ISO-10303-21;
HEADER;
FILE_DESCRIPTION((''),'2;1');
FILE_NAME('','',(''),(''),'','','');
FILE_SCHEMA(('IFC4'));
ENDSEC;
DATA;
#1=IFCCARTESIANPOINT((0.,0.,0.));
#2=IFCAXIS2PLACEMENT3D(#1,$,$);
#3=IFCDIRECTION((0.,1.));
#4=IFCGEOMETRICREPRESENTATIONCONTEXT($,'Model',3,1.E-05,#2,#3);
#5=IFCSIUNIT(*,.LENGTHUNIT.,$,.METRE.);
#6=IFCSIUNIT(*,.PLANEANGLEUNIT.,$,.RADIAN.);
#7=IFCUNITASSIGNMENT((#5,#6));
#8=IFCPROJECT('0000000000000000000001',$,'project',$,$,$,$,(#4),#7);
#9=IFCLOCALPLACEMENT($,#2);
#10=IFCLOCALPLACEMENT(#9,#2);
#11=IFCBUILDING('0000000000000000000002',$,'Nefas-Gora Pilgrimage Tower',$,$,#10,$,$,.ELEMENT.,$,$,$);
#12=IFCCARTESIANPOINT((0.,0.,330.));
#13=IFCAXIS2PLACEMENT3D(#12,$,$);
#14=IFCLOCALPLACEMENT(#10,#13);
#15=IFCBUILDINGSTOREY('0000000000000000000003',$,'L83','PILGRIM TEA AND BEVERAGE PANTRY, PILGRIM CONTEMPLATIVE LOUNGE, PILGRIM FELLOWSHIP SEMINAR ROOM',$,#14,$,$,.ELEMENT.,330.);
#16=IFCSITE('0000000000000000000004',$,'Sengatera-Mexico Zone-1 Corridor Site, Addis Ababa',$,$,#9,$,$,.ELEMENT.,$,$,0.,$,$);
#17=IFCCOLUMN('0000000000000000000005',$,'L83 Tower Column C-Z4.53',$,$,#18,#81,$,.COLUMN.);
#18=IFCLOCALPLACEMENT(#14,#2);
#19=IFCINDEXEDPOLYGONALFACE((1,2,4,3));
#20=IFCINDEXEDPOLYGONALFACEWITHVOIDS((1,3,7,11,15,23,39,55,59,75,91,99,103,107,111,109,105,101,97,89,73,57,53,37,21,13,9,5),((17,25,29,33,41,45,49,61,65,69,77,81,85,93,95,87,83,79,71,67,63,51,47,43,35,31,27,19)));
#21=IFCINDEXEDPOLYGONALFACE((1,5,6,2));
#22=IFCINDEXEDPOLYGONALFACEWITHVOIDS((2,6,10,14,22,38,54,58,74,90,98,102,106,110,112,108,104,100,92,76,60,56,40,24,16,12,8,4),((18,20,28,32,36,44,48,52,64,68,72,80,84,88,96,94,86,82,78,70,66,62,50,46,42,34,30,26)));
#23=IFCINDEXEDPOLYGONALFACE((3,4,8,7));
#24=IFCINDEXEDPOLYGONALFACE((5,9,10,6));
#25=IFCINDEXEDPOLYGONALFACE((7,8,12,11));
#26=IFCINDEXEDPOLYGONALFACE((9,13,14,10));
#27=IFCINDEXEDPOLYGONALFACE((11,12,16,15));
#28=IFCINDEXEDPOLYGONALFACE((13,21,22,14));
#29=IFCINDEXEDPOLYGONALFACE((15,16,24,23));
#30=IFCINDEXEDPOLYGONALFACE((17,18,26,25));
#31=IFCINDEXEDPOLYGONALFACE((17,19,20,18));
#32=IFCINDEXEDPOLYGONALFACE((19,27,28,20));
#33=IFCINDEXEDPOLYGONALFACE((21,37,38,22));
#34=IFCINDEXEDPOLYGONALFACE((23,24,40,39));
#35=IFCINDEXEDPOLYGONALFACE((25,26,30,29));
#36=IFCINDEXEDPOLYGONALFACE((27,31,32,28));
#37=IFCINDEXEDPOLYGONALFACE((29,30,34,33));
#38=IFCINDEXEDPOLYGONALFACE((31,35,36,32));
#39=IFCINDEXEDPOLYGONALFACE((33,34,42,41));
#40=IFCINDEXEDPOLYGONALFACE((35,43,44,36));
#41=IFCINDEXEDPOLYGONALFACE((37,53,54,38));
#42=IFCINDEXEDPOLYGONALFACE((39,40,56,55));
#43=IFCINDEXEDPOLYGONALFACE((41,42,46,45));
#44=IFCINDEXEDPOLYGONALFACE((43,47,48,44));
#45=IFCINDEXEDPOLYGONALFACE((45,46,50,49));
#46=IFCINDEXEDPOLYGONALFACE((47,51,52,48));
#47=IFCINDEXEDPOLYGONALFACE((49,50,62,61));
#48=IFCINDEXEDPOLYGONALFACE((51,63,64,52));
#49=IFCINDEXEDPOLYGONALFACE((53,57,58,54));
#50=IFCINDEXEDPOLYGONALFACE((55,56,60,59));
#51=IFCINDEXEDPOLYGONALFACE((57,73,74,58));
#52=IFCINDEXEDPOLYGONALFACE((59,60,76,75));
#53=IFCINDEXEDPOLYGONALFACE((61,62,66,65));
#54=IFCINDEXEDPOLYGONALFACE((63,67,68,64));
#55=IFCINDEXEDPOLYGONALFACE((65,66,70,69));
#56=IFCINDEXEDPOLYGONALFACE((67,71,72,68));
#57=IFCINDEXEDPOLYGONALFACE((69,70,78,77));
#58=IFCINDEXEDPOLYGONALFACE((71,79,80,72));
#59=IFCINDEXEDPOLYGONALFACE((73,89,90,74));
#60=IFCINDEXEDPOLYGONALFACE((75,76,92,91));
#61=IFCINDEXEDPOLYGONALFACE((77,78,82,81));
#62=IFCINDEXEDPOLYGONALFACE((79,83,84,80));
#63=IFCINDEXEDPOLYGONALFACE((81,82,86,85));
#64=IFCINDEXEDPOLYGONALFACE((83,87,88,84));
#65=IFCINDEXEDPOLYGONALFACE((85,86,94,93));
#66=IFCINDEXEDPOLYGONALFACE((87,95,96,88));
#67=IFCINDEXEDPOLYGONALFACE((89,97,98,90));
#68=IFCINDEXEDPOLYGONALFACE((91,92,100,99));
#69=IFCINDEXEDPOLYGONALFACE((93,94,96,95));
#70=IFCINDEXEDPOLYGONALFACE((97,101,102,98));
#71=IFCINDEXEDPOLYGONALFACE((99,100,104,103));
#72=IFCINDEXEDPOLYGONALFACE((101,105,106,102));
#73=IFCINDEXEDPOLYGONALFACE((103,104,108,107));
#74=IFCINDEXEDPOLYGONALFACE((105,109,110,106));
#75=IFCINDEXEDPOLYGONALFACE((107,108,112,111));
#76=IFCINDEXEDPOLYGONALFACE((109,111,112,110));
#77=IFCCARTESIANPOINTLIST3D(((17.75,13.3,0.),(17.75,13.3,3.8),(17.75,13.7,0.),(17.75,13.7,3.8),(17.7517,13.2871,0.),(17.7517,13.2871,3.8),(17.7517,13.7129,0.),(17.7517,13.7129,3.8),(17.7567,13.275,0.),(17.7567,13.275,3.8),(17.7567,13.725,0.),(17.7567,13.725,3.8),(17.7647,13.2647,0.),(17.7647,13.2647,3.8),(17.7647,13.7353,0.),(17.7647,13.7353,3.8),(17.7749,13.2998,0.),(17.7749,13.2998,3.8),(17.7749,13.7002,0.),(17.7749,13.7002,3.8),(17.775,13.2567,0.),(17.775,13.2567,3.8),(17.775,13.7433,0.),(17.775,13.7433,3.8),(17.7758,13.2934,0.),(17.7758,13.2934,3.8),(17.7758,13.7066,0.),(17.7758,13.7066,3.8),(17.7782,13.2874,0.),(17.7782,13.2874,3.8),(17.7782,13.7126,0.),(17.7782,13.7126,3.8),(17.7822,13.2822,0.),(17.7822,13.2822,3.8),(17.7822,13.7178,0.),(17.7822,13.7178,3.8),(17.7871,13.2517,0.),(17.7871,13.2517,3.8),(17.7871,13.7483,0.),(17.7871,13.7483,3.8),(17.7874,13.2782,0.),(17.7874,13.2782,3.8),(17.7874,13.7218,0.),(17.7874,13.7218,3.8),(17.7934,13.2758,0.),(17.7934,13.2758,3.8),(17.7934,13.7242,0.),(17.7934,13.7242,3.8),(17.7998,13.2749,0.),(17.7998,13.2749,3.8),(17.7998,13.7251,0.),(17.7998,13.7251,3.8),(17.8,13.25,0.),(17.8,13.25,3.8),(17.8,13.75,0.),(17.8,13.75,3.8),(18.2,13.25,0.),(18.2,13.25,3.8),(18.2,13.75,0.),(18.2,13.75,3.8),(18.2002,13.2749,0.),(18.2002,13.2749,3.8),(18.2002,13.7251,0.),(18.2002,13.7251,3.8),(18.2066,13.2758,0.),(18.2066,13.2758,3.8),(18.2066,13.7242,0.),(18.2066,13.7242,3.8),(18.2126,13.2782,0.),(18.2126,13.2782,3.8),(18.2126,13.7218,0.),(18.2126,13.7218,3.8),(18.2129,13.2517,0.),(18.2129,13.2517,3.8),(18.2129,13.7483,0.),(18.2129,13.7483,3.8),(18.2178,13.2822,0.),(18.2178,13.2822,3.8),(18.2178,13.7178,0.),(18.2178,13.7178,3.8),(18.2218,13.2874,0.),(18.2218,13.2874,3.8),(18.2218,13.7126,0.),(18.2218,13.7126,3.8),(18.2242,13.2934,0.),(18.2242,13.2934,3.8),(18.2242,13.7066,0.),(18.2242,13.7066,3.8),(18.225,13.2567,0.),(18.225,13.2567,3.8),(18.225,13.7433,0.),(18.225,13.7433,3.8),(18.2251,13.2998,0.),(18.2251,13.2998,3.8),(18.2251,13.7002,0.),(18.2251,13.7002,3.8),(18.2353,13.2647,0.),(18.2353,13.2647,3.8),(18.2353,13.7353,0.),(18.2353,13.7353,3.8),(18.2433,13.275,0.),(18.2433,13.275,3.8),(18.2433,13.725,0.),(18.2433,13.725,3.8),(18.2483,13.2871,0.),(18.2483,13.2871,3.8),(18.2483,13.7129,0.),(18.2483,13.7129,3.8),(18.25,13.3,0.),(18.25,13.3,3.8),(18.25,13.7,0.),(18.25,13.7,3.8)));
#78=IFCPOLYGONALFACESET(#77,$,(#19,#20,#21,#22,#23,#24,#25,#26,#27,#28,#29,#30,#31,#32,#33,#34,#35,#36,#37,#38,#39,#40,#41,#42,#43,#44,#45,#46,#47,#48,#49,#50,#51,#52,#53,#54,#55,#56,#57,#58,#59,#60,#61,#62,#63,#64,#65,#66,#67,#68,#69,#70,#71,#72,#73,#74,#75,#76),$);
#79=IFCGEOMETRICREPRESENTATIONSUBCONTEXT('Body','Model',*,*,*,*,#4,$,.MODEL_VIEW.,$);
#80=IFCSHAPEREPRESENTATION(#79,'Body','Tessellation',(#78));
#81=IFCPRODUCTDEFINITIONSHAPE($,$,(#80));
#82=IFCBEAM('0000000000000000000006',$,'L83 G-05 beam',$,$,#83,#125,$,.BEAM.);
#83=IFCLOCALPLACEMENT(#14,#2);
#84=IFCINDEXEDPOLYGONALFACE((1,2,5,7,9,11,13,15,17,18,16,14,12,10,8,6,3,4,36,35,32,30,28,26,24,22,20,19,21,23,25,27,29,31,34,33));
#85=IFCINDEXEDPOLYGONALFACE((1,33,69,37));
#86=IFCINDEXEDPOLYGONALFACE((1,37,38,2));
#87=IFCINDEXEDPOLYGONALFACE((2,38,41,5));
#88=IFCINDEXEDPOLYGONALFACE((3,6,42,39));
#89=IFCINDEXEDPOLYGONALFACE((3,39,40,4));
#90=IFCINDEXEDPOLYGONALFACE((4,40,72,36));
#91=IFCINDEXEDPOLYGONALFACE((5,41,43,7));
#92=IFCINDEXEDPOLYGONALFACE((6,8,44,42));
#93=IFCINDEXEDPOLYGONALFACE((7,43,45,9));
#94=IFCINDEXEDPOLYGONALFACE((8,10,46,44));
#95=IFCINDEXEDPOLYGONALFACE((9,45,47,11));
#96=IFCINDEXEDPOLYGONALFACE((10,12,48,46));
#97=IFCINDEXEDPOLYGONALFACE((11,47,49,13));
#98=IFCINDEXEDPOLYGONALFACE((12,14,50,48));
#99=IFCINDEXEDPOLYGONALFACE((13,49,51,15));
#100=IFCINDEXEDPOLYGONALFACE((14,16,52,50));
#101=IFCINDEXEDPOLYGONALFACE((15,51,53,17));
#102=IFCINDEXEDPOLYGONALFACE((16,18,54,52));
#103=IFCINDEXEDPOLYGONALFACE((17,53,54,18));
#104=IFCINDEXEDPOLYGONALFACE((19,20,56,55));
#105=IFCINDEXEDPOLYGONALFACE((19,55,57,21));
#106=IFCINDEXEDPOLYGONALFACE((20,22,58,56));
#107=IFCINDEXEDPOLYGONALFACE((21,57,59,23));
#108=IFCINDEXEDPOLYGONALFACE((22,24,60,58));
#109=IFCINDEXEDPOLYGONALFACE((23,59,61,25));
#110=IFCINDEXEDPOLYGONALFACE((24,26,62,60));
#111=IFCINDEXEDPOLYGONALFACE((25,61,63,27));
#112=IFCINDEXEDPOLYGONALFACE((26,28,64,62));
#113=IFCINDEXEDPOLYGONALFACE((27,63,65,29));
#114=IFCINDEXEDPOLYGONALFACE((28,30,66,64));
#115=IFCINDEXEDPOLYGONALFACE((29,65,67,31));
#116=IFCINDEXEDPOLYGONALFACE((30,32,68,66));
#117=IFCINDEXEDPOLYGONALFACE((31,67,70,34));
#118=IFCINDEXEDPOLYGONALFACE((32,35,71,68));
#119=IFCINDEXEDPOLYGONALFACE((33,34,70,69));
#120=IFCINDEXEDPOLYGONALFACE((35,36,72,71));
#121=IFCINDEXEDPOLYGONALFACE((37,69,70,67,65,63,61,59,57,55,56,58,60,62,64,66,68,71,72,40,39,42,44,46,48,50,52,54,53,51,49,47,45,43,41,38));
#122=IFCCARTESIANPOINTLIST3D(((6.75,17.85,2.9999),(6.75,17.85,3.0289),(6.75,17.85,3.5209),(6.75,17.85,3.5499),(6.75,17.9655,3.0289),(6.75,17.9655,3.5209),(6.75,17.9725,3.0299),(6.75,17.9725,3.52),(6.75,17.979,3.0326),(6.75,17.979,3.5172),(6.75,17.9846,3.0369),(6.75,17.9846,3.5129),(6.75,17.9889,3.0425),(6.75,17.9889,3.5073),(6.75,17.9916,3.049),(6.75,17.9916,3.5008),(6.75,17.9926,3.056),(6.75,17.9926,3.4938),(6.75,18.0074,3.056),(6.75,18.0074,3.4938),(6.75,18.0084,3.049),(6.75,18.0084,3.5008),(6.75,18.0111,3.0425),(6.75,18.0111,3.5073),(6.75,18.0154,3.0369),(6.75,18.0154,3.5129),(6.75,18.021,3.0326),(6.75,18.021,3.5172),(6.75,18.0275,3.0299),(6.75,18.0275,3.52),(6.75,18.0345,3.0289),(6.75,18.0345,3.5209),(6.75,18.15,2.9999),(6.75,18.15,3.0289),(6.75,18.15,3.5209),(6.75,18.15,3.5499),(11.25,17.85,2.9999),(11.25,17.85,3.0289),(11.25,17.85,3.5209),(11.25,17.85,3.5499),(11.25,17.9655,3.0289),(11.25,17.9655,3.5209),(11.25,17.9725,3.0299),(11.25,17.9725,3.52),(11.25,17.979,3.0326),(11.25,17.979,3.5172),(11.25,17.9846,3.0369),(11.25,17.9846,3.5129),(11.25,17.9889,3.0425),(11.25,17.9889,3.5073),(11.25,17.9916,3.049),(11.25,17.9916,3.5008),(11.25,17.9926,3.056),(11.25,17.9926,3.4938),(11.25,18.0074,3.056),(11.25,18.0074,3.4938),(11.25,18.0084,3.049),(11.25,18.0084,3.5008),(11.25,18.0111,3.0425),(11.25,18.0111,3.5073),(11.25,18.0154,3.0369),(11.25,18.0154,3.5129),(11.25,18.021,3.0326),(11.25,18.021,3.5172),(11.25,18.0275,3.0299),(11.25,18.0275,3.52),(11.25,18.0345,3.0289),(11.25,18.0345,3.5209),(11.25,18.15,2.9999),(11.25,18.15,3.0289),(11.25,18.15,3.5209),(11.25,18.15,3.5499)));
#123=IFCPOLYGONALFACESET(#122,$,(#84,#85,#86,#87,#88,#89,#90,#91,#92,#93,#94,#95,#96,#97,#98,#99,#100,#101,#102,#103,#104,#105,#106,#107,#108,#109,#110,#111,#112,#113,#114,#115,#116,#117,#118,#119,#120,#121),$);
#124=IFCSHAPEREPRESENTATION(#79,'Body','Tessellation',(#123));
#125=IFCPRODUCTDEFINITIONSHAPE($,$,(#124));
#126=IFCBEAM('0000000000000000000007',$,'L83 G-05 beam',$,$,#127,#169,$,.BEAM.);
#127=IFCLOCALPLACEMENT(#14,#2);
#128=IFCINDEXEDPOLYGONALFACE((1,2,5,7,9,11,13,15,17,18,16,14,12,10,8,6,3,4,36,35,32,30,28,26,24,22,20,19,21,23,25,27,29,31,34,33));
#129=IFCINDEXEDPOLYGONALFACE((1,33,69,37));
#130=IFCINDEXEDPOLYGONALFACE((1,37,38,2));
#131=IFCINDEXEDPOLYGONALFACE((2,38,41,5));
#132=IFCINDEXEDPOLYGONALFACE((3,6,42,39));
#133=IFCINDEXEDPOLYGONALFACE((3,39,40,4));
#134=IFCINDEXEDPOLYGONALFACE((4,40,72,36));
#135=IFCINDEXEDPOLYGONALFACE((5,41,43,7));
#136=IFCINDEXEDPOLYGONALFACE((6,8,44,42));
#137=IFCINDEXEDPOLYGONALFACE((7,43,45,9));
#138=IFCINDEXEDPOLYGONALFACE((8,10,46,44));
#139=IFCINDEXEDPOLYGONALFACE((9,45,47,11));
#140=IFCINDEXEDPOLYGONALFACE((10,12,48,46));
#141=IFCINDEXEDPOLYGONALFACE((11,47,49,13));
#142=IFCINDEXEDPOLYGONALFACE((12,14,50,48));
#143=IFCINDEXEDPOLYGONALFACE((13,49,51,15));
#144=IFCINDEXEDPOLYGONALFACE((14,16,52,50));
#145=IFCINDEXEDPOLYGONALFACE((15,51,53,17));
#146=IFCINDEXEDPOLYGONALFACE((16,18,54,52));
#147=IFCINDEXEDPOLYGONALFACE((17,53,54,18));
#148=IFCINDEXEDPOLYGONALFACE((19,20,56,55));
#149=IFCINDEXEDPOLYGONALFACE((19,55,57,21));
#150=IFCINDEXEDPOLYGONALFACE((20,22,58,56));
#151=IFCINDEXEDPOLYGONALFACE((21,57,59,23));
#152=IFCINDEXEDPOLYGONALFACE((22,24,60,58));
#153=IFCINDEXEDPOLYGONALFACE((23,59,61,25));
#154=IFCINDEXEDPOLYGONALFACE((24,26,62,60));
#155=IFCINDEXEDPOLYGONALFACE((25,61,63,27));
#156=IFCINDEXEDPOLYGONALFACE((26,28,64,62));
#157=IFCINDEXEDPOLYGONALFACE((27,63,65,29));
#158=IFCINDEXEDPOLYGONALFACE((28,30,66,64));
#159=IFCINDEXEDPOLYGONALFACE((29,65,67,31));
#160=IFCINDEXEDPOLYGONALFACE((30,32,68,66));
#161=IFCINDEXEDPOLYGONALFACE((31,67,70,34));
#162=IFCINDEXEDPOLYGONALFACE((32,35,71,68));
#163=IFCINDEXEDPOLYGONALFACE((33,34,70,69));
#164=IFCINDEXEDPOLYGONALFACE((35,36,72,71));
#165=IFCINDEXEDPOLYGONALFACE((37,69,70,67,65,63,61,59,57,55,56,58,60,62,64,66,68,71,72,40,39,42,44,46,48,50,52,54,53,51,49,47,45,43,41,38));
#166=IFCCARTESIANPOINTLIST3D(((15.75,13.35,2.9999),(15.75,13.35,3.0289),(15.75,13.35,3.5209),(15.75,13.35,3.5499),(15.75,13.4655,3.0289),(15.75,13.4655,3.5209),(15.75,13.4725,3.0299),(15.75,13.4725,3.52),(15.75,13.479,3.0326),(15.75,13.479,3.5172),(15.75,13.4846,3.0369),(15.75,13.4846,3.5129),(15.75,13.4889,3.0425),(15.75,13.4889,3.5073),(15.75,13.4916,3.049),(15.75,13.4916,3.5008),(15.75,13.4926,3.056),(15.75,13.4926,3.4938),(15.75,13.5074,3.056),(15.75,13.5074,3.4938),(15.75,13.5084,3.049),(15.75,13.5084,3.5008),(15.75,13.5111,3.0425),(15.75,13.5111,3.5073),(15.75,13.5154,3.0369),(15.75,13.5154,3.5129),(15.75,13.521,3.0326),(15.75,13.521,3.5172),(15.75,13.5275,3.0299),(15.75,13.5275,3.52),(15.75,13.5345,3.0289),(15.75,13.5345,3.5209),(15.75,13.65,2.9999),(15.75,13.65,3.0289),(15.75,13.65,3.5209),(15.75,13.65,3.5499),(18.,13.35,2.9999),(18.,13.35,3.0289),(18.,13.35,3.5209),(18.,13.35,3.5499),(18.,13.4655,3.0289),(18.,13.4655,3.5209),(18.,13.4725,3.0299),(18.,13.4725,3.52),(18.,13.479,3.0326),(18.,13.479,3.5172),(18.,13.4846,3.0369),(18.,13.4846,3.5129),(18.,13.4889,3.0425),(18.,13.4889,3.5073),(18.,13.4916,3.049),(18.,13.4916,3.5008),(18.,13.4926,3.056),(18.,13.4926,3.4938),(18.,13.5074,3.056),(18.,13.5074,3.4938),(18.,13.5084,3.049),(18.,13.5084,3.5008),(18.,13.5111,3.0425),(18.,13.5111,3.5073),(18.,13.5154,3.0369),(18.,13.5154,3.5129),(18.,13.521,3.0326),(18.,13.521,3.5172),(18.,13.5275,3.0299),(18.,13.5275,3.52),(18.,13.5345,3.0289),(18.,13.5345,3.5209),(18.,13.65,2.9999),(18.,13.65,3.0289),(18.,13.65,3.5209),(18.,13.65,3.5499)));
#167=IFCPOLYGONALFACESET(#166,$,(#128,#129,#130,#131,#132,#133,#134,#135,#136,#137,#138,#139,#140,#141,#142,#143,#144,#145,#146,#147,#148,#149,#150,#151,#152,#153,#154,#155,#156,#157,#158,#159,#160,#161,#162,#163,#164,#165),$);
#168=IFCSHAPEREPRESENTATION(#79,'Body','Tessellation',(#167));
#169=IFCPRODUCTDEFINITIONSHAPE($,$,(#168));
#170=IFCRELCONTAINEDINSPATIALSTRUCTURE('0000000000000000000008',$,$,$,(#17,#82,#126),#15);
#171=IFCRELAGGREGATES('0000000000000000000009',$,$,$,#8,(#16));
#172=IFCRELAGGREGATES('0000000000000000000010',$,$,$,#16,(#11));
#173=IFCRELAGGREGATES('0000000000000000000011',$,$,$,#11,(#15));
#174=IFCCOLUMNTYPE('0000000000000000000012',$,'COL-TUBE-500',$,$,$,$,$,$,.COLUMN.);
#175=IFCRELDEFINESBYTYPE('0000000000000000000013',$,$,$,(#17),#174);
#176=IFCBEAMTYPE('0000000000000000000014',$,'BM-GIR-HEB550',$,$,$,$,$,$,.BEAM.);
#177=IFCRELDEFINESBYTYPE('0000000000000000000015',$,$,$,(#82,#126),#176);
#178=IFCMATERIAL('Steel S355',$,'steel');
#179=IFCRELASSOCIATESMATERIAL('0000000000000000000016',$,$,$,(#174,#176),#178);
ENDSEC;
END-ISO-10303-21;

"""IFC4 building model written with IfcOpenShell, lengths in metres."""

from ifc_helpers import new_model, si_unit, direction, frame, origin, origin_2d, place, context, subcontext, project, spatial, hollow_rectangle, i_section, extrude, source, transform, mapped, material, material_profile, profile_set, type_object, element, save


model = new_model("IFC4")

# Units and contexts
model_context = context("Model", 3, precision=1e-05, world=origin(), true_north=direction((0.0, 1.0)))
body_context = subcontext(model_context, "Body", "Model", "MODEL_VIEW")
ifc_project = project(units=[si_unit("LENGTHUNIT", "METRE"), si_unit("PLANEANGLEUNIT", "RADIAN")], contexts=[model_context])

# Site, building, storey
site_placement = place(None, origin())
site = spatial("IfcSite", under=ifc_project, at=site_placement, Name="Sengatera-Mexico Zone-1 Corridor Site, Addis Ababa", CompositionType="ELEMENT", RefElevation=0.0)
building_placement = place(site_placement, origin())
building = spatial("IfcBuilding", under=site, at=building_placement, Name="Nefas-Gora Pilgrimage Tower", CompositionType="ELEMENT")
storey_placement = place(building_placement, frame((0.0, 0.0, 330.0)))
storey = spatial("IfcBuildingStorey", under=building, at=storey_placement, Name="L83", Description="PILGRIM TEA AND BEVERAGE PANTRY, PILGRIM CONTEMPLATIVE LOUNGE, PILGRIM FELLOWSHIP SEMINAR ROOM", CompositionType="ELEMENT", Elevation=330.0)

# Column
ifc_material_1 = material(Name="Steel S355", Category="steel")
ifc_material_profile_1 = material_profile(ifc_material_1, hollow_rectangle(XDim=0.5, YDim=0.5, WallThickness=0.0249, InnerFilletRadius=0.0249, OuterFilletRadius=0.05, at=origin_2d()), Name="SHS 500x500x25")
ifc_profile_set_1 = profile_set([ifc_material_profile_1], Name="Steel S355")
column_type_1 = type_object("IfcColumnType", Name="COL-TUBE-500", PredefinedType="COLUMN", material=ifc_profile_set_1)
shared_shape_1 = source(origin(), body_context, "Body", "SweptSolid", [
    extrude(hollow_rectangle(XDim=0.5, YDim=0.5, WallThickness=0.0249, InnerFilletRadius=0.0249, OuterFilletRadius=0.05, at=origin_2d()), origin(), (0.0, 0.0, 1.0), 3.8),
])
column_placement = place(storey_placement, frame((18.0, 13.5, 0.0), z_axis=(0.0, 0.0, 1.0), x_axis=(1.0, 0.0, 0.0)))
element("IfcColumn", 1, at=column_placement, inside=storey, type_object=column_type_1, Name="L83 Tower Column C-Z4.53", PredefinedType="COLUMN", context=body_context, shape_type="MappedRepresentation", body=[
    mapped(shared_shape_1, transform((0.0, 0.0, 0.0), x_axis=(1.0, 0.0, 0.0), y_axis=(0.0, 1.0, 0.0), z_axis=(0.0, 0.0, 1.0), scale=1.0)),
])

# Beams
ifc_material_profile_2 = material_profile(ifc_material_1, i_section(OverallWidth=0.3, OverallDepth=0.55, WebThickness=0.0149, FlangeThickness=0.0291, FilletRadius=0.0271, at=origin_2d()), Name="HEB 550")
ifc_profile_set_2 = profile_set([ifc_material_profile_2], Name="Steel S355")
beam_type = type_object("IfcBeamType", Name="BM-GIR-HEB550", PredefinedType="BEAM", material=ifc_profile_set_2)
shared_shape_2 = source(origin(), body_context, "Body", "SweptSolid", [
    extrude(i_section(OverallWidth=0.3, OverallDepth=0.55, WebThickness=0.0149, FlangeThickness=0.0291, FilletRadius=0.0271, at=origin_2d()), origin(), (0.0, 0.0, 1.0), 4.5),
])
beam_1_placement = place(storey_placement, frame((6.75, 18.0, 3.2749), z_axis=(1.0, 0.0, 0.0), x_axis=(0.0, 1.0, 0.0)))
element("IfcBeam", 2, at=beam_1_placement, inside=storey, type_object=beam_type, Name="L83 G-05 beam", PredefinedType="BEAM", context=body_context, shape_type="MappedRepresentation", body=[
    mapped(shared_shape_2, transform((0.0, 0.0, 0.0), x_axis=(1.0, 0.0, 0.0), y_axis=(0.0, 1.0, 0.0), z_axis=(0.0, 0.0, 1.0), scale=1.0)),
])
shared_shape_3 = source(origin(), body_context, "Body", "SweptSolid", [
    extrude(i_section(OverallWidth=0.3, OverallDepth=0.55, WebThickness=0.0149, FlangeThickness=0.0291, FilletRadius=0.0271, at=origin_2d()), origin(), (0.0, 0.0, 1.0), 2.25),
])
beam_2_placement = place(storey_placement, frame((15.75, 13.5, 3.2749), z_axis=(1.0, 0.0, 0.0), x_axis=(0.0, 1.0, 0.0)))
element("IfcBeam", 3, at=beam_2_placement, inside=storey, type_object=beam_type, Name="L83 G-05 beam", PredefinedType="BEAM", context=body_context, shape_type="MappedRepresentation", body=[
    mapped(shared_shape_3, transform((0.0, 0.0, 0.0), x_axis=(1.0, 0.0, 0.0), y_axis=(0.0, 1.0, 0.0), z_axis=(0.0, 0.0, 1.0), scale=1.0)),
])

save(model, "model.ifc")
